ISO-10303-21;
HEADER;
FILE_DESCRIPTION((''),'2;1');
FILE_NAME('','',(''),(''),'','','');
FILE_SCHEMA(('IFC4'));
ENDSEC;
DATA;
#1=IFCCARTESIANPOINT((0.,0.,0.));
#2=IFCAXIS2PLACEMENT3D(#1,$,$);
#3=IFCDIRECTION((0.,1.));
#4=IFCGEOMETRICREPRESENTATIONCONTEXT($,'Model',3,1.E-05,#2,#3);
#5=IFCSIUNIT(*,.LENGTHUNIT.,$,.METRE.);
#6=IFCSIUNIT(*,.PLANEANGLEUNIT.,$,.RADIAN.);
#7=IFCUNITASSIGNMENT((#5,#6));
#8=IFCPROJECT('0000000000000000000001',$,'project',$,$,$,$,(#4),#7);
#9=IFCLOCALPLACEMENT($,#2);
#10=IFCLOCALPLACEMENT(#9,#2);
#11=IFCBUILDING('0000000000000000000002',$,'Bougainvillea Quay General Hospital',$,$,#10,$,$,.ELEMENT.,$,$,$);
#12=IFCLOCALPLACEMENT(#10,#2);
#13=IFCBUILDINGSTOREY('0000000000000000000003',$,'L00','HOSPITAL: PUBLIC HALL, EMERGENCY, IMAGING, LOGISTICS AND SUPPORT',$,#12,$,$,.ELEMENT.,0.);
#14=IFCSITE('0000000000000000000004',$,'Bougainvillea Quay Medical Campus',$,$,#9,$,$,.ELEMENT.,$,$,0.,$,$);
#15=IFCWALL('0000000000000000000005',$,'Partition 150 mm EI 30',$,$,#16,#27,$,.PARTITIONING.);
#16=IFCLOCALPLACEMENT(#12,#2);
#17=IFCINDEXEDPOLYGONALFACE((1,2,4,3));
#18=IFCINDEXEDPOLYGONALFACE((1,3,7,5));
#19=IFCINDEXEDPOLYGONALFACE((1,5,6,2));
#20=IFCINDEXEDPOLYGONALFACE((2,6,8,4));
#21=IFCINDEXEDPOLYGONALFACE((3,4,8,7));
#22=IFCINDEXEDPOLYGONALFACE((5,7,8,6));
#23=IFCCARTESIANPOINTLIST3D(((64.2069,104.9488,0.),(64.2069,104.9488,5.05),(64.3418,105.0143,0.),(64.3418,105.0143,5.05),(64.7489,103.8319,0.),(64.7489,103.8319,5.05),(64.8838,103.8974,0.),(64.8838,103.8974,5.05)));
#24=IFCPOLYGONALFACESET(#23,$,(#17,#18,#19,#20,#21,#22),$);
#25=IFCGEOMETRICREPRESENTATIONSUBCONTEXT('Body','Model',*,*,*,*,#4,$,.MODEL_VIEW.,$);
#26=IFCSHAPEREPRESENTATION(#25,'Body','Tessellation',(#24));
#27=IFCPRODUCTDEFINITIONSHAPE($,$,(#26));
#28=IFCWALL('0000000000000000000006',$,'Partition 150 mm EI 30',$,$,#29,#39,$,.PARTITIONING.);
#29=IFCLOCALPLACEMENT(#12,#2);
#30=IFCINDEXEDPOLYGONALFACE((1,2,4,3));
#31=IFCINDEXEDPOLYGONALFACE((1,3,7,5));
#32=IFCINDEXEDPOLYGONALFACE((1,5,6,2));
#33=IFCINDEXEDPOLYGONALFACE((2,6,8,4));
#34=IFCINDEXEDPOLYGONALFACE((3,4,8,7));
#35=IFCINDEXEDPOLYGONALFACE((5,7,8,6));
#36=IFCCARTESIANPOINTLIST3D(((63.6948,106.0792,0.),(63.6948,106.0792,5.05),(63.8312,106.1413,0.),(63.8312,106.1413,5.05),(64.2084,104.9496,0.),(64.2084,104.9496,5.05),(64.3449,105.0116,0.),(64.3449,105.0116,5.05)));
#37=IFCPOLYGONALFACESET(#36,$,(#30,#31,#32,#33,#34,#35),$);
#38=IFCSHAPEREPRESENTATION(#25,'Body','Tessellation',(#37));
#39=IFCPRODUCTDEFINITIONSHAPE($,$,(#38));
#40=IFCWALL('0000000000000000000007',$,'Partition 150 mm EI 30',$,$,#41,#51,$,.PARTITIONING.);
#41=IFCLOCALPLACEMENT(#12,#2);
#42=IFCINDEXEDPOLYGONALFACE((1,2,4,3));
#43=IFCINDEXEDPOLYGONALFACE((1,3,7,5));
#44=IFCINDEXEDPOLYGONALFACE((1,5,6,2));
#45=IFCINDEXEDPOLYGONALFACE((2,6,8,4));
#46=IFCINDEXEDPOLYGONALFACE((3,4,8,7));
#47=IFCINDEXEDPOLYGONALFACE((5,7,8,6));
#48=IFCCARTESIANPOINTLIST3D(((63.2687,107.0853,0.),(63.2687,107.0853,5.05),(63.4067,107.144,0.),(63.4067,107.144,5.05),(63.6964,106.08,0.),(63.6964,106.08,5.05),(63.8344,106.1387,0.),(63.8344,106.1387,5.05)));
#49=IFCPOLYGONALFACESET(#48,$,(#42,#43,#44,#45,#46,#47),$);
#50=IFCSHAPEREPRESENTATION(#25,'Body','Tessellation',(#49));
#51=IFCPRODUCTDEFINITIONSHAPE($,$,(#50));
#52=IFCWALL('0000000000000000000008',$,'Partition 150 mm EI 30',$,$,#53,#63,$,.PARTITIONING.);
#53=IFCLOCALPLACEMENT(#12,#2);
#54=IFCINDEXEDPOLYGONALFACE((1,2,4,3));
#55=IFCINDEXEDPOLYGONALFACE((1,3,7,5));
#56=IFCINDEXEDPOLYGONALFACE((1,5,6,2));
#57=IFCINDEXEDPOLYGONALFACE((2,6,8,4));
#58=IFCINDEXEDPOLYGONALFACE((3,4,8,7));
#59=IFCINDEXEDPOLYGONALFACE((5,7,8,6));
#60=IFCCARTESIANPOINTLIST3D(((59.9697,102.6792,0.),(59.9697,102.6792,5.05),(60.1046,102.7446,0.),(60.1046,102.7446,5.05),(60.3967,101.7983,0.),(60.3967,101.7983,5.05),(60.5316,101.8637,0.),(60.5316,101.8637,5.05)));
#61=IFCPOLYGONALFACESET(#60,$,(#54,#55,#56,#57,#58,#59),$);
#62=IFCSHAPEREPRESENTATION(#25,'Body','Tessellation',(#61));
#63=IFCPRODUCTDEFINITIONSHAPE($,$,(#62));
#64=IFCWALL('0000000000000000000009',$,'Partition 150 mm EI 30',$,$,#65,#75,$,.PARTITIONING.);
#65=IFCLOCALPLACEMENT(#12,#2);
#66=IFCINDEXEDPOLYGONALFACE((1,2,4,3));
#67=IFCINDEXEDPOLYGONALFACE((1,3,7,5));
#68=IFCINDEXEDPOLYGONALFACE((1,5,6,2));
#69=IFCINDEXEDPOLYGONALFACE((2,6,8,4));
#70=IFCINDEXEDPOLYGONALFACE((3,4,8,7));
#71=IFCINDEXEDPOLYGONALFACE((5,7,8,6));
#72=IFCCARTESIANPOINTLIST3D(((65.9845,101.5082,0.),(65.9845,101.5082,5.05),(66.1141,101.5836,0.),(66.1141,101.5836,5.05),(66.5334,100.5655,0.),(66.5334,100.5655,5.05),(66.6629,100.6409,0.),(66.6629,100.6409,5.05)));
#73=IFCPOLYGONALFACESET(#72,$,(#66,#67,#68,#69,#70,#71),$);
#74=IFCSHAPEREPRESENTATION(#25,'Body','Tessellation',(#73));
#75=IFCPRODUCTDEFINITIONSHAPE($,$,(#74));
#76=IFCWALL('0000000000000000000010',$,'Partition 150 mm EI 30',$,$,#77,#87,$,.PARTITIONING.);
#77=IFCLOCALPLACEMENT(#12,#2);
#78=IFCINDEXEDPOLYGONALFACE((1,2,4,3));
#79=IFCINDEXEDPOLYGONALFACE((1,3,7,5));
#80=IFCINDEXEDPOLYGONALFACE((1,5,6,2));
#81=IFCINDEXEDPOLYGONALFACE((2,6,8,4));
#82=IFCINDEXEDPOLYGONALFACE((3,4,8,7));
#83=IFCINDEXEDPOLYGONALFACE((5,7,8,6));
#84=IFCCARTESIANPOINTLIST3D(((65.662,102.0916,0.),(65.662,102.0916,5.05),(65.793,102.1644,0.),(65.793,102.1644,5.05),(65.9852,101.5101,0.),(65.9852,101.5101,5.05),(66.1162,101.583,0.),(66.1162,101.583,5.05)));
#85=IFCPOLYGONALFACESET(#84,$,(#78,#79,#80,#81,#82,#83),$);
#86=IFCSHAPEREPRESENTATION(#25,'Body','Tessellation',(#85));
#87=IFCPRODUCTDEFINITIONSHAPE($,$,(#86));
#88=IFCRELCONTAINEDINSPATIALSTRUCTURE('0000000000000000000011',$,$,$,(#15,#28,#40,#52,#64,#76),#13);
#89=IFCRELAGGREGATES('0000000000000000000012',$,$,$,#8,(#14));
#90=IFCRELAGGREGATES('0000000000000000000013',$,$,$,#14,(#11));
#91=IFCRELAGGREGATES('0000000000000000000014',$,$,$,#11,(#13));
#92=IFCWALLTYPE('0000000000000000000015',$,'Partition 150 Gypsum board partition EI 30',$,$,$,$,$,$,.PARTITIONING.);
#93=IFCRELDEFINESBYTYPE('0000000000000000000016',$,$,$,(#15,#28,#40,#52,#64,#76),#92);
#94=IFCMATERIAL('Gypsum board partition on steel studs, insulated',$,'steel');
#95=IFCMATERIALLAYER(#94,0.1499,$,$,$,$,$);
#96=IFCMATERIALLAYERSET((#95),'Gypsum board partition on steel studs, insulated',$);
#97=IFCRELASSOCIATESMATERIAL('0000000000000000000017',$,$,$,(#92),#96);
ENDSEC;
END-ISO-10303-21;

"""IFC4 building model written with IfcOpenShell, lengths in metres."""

from ifc_helpers import new_model, si_unit, direction, frame, frame_2d, origin, place, context, subcontext, project, spatial, rectangle, extrude, material, layer, layer_set, type_object, element, save


model = new_model("IFC4")

# Units and contexts
model_context = context("Model", 3, precision=1e-05, world=origin(), true_north=direction((0.0, 1.0)))
body_context = subcontext(model_context, "Body", "Model", "MODEL_VIEW")
ifc_project = project(units=[si_unit("LENGTHUNIT", "METRE"), si_unit("PLANEANGLEUNIT", "RADIAN")], contexts=[model_context])

# Site, building, storey
site_placement = place(None, origin())
site = spatial("IfcSite", under=ifc_project, at=site_placement, Name="Bougainvillea Quay Medical Campus", CompositionType="ELEMENT", RefElevation=0.0)
building_placement = place(site_placement, origin())
building = spatial("IfcBuilding", under=site, at=building_placement, Name="Bougainvillea Quay General Hospital", CompositionType="ELEMENT")
storey_placement = place(building_placement, origin())
storey = spatial("IfcBuildingStorey", under=building, at=storey_placement, Name="L00", Description="HOSPITAL: PUBLIC HALL, EMERGENCY, IMAGING, LOGISTICS AND SUPPORT", CompositionType="ELEMENT", Elevation=0.0)

# Shared definitions
ifc_material_1 = material(Name="Gypsum board partition on steel studs, insulated", Category="steel")
ifc_layer_1 = layer(ifc_material_1, 0.1499)
ifc_layer_set_1 = layer_set([ifc_layer_1], Name="Gypsum board partition on steel studs, insulated")
wall_type_1 = type_object("IfcWallType", Name="Partition 150 Gypsum board partition EI 30", PredefinedType="PARTITIONING", material=ifc_layer_set_1)

# Walls
wall_1_placement = place(storey_placement, frame((64.2744, 104.9814, 0.0), z_axis=(0.0, 0.0, 1.0), x_axis=(0.436563, -0.899674, 0.0)))
element("IfcWall", 1, at=wall_1_placement, inside=storey, type_object=wall_type_1, Name="Partition 150 mm EI 30", PredefinedType="PARTITIONING", context=body_context, shape_type="SweptSolid", body=[
    extrude(rectangle(XDim=1.2415, YDim=0.1499, at=frame_2d((0.6206, 0.0))), origin(), (0.0, 0.0, 1.0), 5.05),
])
wall_2_placement = place(storey_placement, frame((63.7629, 106.1104, 0.0), z_axis=(0.0, 0.0, 1.0), x_axis=(0.413936, -0.910306, 0.0)))
element("IfcWall", 2, at=wall_2_placement, inside=storey, type_object=wall_type_1, Name="Partition 150 mm EI 30", PredefinedType="PARTITIONING", context=body_context, shape_type="SweptSolid", body=[
    extrude(rectangle(XDim=1.241, YDim=0.1499, at=frame_2d((0.6206, 0.0))), origin(), (0.0, 0.0, 1.0), 5.05),
])
wall_3_placement = place(storey_placement, frame((63.3376, 107.1147, 0.0), z_axis=(0.0, 0.0, 1.0), x_axis=(0.391491, -0.920182, 0.0)))
element("IfcWall", 3, at=wall_3_placement, inside=storey, type_object=wall_type_1, Name="Partition 150 mm EI 30", PredefinedType="PARTITIONING", context=body_context, shape_type="SweptSolid", body=[
    extrude(rectangle(XDim=1.0925, YDim=0.1499, at=frame_2d((0.5464, 0.0))), origin(), (0.0, 0.0, 1.0), 5.05),
])
wall_4_placement = place(storey_placement, frame((60.0371, 102.7119, 0.0), z_axis=(0.0, 0.0, 1.0), x_axis=(0.436206, -0.899847, 0.0)))
element("IfcWall", 4, at=wall_4_placement, inside=storey, type_object=wall_type_1, Name="Partition 150 mm EI 30", PredefinedType="PARTITIONING", context=body_context, shape_type="SweptSolid", body=[
    extrude(rectangle(XDim=0.979, YDim=0.1499, at=frame_2d((0.4895, 0.0))), origin(), (0.0, 0.0, 1.0), 5.05),
])
wall_5_placement = place(storey_placement, frame((66.0493, 101.5459, 0.0), z_axis=(0.0, 0.0, 1.0), x_axis=(0.503161, -0.864193, 0.0)))
element("IfcWall", 5, at=wall_5_placement, inside=storey, type_object=wall_type_1, Name="Partition 150 mm EI 30", PredefinedType="PARTITIONING", context=body_context, shape_type="SweptSolid", body=[
    extrude(rectangle(XDim=1.0908, YDim=0.1499, at=frame_2d((0.5454, 0.0))), origin(), (0.0, 0.0, 1.0), 5.05),
])
wall_6_placement = place(storey_placement, frame((65.7275, 102.1279, 0.0), z_axis=(0.0, 0.0, 1.0), x_axis=(0.48583, -0.874053, 0.0)))
element("IfcWall", 6, at=wall_6_placement, inside=storey, type_object=wall_type_1, Name="Partition 150 mm EI 30", PredefinedType="PARTITIONING", context=body_context, shape_type="SweptSolid", body=[
    extrude(rectangle(XDim=0.6653, YDim=0.1499, at=frame_2d((0.3325, 0.0))), origin(), (0.0, 0.0, 1.0), 5.05),
])

save(model, "model.ifc")
